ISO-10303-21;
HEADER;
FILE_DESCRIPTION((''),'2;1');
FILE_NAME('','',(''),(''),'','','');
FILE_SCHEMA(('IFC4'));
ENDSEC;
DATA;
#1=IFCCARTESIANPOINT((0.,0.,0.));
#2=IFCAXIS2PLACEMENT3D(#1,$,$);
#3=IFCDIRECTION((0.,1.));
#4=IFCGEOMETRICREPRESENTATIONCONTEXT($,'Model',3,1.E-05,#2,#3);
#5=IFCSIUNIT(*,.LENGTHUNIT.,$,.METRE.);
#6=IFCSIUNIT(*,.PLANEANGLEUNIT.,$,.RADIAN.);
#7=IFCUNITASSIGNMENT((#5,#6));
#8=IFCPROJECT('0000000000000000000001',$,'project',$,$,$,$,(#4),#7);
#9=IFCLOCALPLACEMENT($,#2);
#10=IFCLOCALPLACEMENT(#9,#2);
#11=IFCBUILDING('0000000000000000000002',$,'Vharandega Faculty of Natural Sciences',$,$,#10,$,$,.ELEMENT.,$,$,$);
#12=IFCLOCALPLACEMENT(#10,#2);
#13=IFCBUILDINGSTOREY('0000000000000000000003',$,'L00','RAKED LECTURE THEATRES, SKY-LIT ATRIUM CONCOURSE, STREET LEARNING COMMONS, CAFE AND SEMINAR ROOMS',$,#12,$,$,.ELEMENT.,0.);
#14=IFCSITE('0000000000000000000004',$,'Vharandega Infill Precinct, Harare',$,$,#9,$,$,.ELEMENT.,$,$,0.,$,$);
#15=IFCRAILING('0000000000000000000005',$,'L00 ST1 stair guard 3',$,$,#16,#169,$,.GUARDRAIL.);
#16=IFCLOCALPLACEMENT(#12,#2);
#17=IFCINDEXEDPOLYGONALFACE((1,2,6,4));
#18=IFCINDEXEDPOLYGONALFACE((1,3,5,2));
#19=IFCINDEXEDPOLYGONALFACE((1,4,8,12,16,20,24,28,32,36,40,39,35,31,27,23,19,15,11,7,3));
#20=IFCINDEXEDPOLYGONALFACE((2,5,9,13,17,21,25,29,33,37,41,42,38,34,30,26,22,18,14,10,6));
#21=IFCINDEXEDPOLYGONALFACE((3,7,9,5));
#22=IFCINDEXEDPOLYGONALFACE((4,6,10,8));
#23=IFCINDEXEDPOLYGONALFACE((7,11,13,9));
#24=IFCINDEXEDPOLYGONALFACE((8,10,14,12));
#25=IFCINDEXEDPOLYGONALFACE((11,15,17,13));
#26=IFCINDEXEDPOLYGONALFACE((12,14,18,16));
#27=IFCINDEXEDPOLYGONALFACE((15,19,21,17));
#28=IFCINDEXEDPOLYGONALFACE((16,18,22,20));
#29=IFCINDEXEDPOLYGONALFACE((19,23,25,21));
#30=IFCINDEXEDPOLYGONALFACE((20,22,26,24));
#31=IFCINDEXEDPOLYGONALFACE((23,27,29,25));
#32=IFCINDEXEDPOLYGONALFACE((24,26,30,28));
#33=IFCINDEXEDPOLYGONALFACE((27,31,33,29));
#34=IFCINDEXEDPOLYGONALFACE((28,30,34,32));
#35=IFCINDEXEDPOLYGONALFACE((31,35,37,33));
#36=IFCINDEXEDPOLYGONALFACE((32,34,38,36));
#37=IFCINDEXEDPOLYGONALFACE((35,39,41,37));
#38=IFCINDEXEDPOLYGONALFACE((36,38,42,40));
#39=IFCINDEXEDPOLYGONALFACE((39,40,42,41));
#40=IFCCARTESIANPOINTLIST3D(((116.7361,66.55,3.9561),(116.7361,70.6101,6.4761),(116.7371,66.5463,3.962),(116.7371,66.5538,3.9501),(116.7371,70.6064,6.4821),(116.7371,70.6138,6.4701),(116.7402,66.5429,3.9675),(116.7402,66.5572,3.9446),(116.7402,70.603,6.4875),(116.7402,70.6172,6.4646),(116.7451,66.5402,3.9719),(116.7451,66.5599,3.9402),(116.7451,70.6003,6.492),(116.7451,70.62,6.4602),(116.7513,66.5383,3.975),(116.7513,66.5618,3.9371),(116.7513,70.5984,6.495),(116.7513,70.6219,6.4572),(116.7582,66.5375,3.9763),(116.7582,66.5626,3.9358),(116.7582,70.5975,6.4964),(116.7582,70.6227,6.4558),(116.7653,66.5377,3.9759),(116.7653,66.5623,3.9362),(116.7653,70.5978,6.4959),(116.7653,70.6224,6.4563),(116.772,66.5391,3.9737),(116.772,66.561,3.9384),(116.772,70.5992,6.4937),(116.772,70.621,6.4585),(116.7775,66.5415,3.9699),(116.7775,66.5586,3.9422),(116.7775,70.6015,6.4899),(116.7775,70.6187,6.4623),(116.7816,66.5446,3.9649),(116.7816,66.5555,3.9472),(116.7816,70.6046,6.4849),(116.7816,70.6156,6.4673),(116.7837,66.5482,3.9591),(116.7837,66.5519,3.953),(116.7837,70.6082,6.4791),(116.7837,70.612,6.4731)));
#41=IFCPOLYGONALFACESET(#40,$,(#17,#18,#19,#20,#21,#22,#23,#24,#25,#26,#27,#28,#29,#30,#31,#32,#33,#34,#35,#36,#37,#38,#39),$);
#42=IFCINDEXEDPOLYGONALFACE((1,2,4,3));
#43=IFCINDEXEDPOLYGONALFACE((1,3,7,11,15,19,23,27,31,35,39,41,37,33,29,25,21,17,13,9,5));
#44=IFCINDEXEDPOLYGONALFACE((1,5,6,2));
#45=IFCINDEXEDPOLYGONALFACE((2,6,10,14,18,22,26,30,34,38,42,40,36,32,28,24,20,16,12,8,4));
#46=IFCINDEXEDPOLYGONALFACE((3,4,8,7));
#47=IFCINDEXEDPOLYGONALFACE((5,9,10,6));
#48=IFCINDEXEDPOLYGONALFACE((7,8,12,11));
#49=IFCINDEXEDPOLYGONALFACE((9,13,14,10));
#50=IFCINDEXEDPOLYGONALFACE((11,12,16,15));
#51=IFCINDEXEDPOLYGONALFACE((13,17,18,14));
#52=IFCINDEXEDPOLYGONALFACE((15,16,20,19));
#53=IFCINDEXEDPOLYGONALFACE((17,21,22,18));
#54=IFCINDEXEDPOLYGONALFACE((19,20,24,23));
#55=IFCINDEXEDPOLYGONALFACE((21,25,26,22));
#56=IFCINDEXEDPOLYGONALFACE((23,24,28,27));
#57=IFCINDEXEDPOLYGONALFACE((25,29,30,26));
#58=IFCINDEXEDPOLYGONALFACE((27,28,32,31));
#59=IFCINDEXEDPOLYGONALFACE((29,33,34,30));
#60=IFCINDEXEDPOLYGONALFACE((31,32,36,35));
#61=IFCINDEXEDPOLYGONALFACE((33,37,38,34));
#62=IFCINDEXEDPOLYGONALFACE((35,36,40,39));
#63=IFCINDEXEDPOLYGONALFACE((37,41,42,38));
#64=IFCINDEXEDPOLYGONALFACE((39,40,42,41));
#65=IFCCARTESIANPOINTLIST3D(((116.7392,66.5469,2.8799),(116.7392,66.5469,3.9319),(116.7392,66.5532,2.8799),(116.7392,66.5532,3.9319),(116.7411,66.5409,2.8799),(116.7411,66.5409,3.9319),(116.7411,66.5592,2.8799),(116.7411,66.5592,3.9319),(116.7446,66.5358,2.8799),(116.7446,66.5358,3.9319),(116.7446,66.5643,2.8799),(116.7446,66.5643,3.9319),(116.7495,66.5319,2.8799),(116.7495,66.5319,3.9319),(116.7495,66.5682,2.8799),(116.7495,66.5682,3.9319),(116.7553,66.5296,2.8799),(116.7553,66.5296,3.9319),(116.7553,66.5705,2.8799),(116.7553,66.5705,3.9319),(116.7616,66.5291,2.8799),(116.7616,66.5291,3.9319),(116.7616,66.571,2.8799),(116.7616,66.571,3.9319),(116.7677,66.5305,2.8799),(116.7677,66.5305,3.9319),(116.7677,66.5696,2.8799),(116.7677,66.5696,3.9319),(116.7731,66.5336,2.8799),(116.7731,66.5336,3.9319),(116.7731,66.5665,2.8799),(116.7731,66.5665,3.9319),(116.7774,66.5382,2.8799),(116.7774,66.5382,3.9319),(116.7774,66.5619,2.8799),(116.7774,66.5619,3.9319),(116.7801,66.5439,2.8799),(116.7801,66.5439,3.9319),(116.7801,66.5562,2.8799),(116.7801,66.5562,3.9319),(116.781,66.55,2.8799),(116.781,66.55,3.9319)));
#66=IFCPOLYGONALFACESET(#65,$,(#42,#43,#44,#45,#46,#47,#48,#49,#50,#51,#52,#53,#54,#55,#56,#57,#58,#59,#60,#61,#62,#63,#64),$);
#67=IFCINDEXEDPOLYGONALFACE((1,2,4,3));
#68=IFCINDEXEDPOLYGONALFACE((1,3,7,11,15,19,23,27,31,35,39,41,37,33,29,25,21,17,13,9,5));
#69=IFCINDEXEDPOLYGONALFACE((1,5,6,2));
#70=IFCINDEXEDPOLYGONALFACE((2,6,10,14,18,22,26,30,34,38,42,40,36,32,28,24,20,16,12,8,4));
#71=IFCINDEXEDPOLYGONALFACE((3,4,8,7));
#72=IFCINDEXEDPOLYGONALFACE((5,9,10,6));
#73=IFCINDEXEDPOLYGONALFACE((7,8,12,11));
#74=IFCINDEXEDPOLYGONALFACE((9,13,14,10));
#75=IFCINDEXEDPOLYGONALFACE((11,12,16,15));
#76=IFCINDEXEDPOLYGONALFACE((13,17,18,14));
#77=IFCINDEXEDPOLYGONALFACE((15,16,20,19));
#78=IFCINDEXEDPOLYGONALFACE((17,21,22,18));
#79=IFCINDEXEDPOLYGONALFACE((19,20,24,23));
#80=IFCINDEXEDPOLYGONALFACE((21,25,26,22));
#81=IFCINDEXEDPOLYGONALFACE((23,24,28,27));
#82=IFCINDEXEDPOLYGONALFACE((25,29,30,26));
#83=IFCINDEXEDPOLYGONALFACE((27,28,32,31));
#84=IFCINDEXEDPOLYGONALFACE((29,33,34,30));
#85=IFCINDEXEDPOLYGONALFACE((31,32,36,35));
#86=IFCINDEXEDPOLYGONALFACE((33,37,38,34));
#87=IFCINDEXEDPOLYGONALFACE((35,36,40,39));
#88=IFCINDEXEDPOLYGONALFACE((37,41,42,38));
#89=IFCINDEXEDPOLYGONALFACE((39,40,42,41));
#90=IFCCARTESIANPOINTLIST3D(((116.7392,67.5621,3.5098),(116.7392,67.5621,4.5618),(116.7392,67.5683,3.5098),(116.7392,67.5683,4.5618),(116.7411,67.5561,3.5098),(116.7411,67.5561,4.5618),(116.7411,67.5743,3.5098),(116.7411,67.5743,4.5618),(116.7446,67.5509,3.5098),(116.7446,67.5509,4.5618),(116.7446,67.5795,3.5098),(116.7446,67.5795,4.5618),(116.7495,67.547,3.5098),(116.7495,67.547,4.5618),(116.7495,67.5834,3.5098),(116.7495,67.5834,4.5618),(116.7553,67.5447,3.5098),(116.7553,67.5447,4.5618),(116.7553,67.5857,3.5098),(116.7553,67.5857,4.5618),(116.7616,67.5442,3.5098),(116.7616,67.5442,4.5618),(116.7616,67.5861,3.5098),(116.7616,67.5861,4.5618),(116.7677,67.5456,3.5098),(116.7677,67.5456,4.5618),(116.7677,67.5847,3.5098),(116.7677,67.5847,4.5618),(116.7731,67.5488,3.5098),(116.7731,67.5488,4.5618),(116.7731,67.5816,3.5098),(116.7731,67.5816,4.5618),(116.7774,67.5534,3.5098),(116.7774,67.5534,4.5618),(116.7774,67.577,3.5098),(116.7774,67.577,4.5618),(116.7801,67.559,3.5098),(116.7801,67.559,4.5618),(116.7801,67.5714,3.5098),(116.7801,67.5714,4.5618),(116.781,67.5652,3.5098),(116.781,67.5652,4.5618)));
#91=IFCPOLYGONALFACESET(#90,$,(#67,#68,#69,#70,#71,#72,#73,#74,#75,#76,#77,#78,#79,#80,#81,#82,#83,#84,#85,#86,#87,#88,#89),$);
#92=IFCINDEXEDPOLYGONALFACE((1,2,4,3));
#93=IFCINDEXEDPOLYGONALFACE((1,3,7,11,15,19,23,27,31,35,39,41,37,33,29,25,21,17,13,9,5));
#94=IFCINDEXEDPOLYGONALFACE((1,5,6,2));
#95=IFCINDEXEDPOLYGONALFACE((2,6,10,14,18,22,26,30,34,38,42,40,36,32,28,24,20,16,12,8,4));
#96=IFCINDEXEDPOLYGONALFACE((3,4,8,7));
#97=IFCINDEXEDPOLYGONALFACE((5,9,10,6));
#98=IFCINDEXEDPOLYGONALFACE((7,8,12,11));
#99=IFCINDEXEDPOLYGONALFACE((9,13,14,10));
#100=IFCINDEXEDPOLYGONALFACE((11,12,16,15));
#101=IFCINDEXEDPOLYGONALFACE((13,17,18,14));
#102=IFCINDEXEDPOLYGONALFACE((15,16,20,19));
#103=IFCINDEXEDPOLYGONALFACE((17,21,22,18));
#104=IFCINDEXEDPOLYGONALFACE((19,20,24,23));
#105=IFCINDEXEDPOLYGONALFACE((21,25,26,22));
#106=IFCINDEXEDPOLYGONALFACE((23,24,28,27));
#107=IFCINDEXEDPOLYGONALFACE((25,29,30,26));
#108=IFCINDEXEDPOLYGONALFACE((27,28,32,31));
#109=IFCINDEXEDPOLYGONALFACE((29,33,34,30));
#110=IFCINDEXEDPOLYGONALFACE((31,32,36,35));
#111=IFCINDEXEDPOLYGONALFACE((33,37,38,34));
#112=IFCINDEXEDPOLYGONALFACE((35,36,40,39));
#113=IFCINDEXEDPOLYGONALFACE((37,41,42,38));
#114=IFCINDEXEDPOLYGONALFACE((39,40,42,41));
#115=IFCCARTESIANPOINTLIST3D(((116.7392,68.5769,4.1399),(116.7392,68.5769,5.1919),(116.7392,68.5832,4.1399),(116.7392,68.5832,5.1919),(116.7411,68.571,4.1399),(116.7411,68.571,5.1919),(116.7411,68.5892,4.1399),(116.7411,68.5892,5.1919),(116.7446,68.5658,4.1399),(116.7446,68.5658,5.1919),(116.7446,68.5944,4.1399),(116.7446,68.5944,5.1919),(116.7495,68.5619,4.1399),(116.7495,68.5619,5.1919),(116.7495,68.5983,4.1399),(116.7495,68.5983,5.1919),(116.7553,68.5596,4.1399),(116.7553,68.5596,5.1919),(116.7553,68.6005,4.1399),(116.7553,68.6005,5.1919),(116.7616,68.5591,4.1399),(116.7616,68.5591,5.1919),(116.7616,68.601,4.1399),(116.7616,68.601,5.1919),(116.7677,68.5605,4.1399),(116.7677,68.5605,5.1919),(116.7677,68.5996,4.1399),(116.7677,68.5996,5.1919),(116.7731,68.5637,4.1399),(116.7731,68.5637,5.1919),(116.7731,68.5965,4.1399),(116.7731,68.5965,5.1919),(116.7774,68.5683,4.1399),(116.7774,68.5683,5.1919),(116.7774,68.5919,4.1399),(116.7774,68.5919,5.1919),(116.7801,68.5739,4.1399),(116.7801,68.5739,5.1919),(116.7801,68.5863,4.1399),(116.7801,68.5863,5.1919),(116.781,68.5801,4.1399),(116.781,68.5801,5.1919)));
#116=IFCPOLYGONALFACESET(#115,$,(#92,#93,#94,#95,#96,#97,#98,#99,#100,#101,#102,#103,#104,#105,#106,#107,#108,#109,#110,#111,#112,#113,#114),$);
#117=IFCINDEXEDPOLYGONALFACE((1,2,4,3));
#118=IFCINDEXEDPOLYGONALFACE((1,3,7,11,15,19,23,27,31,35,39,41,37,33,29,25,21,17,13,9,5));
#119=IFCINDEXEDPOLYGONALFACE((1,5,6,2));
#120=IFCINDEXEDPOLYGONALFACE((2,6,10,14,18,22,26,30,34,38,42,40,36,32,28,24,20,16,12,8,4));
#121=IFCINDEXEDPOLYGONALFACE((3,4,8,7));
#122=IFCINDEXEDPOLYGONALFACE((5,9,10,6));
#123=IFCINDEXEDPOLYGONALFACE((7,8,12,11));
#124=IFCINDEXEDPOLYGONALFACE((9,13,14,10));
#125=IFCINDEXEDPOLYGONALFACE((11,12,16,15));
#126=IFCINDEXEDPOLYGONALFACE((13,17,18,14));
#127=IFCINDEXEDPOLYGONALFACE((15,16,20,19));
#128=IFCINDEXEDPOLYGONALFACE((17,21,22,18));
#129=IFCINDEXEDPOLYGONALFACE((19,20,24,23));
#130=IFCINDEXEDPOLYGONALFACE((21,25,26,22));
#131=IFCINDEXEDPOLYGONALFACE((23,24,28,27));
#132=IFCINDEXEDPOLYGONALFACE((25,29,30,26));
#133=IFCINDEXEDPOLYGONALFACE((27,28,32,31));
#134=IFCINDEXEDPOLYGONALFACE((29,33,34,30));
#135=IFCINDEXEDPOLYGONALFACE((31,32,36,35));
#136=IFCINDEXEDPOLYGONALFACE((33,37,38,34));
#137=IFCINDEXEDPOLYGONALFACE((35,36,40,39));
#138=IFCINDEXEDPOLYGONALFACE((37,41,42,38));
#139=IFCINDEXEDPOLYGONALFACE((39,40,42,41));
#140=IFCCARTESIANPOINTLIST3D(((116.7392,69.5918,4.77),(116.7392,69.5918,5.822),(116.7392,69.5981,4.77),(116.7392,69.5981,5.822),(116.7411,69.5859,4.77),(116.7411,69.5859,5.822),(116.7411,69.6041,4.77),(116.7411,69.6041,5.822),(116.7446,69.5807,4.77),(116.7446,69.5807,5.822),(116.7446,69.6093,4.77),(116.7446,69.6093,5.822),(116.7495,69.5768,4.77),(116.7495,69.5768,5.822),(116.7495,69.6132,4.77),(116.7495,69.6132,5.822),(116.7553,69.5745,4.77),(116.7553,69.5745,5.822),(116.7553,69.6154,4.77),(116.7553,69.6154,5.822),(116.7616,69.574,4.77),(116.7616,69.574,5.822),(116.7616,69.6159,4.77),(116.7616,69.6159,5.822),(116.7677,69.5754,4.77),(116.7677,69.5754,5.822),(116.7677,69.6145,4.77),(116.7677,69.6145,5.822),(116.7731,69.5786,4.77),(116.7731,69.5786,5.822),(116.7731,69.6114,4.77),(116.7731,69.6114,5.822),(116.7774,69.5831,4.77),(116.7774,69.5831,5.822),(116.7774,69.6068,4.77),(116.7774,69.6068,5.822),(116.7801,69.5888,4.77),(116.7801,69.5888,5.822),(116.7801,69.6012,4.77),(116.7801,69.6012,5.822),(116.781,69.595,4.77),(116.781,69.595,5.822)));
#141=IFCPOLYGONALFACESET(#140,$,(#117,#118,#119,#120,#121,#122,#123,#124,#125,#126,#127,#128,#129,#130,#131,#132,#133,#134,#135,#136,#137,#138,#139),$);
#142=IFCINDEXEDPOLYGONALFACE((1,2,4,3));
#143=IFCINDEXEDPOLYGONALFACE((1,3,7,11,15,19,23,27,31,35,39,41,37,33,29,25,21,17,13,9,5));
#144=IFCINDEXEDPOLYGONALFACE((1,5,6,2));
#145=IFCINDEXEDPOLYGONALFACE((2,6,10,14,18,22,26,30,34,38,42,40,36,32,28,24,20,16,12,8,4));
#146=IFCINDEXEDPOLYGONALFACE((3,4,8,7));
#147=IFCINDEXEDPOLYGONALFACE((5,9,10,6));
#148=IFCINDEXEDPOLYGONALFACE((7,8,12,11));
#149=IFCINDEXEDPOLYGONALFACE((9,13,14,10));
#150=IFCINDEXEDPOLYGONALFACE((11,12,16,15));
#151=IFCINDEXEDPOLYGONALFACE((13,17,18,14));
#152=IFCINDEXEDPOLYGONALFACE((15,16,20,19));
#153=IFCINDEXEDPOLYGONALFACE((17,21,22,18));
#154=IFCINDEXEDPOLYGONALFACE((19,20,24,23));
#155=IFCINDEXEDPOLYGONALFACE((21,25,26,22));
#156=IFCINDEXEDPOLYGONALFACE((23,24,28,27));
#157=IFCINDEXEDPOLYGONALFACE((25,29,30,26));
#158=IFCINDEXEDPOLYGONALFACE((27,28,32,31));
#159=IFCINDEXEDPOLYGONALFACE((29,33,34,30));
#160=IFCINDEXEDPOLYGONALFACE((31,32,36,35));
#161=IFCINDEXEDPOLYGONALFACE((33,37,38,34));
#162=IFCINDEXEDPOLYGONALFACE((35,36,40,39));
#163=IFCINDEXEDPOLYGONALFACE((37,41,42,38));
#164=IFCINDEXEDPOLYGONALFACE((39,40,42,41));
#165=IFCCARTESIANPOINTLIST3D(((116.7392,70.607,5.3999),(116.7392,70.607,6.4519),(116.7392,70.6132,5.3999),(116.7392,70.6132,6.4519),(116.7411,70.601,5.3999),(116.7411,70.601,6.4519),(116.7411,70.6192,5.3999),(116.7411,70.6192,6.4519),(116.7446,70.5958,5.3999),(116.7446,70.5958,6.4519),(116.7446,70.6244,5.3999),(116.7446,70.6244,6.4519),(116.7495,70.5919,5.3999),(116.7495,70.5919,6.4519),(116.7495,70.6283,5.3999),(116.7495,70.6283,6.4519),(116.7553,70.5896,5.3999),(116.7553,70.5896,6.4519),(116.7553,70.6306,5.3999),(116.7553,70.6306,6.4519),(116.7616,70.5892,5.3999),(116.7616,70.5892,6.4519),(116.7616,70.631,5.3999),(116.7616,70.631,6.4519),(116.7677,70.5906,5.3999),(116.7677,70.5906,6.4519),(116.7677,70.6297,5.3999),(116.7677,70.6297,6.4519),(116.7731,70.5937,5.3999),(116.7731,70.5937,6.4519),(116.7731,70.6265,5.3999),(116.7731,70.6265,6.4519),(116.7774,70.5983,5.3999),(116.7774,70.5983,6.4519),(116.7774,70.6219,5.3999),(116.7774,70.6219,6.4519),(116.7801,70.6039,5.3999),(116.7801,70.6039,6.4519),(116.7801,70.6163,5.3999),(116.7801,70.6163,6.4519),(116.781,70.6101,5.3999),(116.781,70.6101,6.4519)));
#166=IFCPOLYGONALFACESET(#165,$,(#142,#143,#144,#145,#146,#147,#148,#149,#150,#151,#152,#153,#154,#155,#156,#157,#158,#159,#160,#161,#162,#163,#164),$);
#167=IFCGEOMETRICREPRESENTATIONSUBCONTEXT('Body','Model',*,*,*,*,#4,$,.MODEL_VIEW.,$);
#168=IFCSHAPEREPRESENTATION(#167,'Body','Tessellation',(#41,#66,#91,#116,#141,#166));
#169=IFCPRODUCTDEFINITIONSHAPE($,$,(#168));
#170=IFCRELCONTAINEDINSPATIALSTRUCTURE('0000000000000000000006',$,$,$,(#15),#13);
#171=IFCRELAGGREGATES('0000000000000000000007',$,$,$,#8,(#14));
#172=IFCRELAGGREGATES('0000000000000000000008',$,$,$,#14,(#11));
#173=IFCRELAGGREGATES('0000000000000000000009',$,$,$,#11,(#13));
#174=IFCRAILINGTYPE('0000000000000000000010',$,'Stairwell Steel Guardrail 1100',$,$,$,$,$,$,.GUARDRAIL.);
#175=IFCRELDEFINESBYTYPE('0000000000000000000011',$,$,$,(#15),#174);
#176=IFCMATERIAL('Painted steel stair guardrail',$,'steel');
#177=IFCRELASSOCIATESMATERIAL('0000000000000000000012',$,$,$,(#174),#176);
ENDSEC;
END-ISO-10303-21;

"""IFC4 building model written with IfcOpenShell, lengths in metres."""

from ifc_helpers import new_model, si_unit, direction, frame, origin, origin_2d, place, context, subcontext, project, spatial, circle, extrude, material, type_object, element, save


model = new_model("IFC4")

# Units and contexts
model_context = context("Model", 3, precision=1e-05, world=origin(), true_north=direction((0.0, 1.0)))
body_context = subcontext(model_context, "Body", "Model", "MODEL_VIEW")
ifc_project = project(units=[si_unit("LENGTHUNIT", "METRE"), si_unit("PLANEANGLEUNIT", "RADIAN")], contexts=[model_context])

# Site, building, storey
site_placement = place(None, origin())
site = spatial("IfcSite", under=ifc_project, at=site_placement, Name="Vharandega Infill Precinct, Harare", CompositionType="ELEMENT", RefElevation=0.0)
building_placement = place(site_placement, origin())
building = spatial("IfcBuilding", under=site, at=building_placement, Name="Vharandega Faculty of Natural Sciences", CompositionType="ELEMENT")
storey_placement = place(building_placement, origin())
storey = spatial("IfcBuildingStorey", under=building, at=storey_placement, Name="L00", Description="RAKED LECTURE THEATRES, SKY-LIT ATRIUM CONCOURSE, STREET LEARNING COMMONS, CAFE AND SEMINAR ROOMS", CompositionType="ELEMENT", Elevation=0.0)

# Railing
ifc_material_1 = material(Name="Painted steel stair guardrail", Category="steel")
railing_type_1 = type_object("IfcRailingType", Name="Stairwell Steel Guardrail 1100", PredefinedType="GUARDRAIL", material=ifc_material_1)
railing_1_placement = place(storey_placement, frame((116.76, 66.55, 2.8799)))
element("IfcRailing", 1, at=railing_1_placement, inside=storey, type_object=railing_type_1, Name="L00 ST1 stair guard 3", PredefinedType="GUARDRAIL", context=body_context, shape_type="SweptSolid", body=[
    extrude(circle(Radius=0.0239, at=origin_2d()), frame((0.0, 0.0, 1.0762), z_axis=(0.0, 0.849642, 0.52736), x_axis=(-1.0, 0.0, 0.0)), (0.0, 0.0, 1.0), 4.7786),
    extrude(circle(Radius=0.021, at=origin_2d()), origin(), (0.0, 0.0, 1.0), 1.052),
    extrude(circle(Radius=0.021, at=origin_2d()), frame((0.0, 1.0151, 0.6299)), (0.0, 0.0, 1.0), 1.052),
    extrude(circle(Radius=0.021, at=origin_2d()), frame((0.0, 2.03, 1.26)), (0.0, 0.0, 1.0), 1.052),
    extrude(circle(Radius=0.021, at=origin_2d()), frame((0.0, 3.0449, 1.8901)), (0.0, 0.0, 1.0), 1.052),
    extrude(circle(Radius=0.021, at=origin_2d()), frame((0.0, 4.0601, 2.52)), (0.0, 0.0, 1.0), 1.052),
])

save(model, "model.ifc")
